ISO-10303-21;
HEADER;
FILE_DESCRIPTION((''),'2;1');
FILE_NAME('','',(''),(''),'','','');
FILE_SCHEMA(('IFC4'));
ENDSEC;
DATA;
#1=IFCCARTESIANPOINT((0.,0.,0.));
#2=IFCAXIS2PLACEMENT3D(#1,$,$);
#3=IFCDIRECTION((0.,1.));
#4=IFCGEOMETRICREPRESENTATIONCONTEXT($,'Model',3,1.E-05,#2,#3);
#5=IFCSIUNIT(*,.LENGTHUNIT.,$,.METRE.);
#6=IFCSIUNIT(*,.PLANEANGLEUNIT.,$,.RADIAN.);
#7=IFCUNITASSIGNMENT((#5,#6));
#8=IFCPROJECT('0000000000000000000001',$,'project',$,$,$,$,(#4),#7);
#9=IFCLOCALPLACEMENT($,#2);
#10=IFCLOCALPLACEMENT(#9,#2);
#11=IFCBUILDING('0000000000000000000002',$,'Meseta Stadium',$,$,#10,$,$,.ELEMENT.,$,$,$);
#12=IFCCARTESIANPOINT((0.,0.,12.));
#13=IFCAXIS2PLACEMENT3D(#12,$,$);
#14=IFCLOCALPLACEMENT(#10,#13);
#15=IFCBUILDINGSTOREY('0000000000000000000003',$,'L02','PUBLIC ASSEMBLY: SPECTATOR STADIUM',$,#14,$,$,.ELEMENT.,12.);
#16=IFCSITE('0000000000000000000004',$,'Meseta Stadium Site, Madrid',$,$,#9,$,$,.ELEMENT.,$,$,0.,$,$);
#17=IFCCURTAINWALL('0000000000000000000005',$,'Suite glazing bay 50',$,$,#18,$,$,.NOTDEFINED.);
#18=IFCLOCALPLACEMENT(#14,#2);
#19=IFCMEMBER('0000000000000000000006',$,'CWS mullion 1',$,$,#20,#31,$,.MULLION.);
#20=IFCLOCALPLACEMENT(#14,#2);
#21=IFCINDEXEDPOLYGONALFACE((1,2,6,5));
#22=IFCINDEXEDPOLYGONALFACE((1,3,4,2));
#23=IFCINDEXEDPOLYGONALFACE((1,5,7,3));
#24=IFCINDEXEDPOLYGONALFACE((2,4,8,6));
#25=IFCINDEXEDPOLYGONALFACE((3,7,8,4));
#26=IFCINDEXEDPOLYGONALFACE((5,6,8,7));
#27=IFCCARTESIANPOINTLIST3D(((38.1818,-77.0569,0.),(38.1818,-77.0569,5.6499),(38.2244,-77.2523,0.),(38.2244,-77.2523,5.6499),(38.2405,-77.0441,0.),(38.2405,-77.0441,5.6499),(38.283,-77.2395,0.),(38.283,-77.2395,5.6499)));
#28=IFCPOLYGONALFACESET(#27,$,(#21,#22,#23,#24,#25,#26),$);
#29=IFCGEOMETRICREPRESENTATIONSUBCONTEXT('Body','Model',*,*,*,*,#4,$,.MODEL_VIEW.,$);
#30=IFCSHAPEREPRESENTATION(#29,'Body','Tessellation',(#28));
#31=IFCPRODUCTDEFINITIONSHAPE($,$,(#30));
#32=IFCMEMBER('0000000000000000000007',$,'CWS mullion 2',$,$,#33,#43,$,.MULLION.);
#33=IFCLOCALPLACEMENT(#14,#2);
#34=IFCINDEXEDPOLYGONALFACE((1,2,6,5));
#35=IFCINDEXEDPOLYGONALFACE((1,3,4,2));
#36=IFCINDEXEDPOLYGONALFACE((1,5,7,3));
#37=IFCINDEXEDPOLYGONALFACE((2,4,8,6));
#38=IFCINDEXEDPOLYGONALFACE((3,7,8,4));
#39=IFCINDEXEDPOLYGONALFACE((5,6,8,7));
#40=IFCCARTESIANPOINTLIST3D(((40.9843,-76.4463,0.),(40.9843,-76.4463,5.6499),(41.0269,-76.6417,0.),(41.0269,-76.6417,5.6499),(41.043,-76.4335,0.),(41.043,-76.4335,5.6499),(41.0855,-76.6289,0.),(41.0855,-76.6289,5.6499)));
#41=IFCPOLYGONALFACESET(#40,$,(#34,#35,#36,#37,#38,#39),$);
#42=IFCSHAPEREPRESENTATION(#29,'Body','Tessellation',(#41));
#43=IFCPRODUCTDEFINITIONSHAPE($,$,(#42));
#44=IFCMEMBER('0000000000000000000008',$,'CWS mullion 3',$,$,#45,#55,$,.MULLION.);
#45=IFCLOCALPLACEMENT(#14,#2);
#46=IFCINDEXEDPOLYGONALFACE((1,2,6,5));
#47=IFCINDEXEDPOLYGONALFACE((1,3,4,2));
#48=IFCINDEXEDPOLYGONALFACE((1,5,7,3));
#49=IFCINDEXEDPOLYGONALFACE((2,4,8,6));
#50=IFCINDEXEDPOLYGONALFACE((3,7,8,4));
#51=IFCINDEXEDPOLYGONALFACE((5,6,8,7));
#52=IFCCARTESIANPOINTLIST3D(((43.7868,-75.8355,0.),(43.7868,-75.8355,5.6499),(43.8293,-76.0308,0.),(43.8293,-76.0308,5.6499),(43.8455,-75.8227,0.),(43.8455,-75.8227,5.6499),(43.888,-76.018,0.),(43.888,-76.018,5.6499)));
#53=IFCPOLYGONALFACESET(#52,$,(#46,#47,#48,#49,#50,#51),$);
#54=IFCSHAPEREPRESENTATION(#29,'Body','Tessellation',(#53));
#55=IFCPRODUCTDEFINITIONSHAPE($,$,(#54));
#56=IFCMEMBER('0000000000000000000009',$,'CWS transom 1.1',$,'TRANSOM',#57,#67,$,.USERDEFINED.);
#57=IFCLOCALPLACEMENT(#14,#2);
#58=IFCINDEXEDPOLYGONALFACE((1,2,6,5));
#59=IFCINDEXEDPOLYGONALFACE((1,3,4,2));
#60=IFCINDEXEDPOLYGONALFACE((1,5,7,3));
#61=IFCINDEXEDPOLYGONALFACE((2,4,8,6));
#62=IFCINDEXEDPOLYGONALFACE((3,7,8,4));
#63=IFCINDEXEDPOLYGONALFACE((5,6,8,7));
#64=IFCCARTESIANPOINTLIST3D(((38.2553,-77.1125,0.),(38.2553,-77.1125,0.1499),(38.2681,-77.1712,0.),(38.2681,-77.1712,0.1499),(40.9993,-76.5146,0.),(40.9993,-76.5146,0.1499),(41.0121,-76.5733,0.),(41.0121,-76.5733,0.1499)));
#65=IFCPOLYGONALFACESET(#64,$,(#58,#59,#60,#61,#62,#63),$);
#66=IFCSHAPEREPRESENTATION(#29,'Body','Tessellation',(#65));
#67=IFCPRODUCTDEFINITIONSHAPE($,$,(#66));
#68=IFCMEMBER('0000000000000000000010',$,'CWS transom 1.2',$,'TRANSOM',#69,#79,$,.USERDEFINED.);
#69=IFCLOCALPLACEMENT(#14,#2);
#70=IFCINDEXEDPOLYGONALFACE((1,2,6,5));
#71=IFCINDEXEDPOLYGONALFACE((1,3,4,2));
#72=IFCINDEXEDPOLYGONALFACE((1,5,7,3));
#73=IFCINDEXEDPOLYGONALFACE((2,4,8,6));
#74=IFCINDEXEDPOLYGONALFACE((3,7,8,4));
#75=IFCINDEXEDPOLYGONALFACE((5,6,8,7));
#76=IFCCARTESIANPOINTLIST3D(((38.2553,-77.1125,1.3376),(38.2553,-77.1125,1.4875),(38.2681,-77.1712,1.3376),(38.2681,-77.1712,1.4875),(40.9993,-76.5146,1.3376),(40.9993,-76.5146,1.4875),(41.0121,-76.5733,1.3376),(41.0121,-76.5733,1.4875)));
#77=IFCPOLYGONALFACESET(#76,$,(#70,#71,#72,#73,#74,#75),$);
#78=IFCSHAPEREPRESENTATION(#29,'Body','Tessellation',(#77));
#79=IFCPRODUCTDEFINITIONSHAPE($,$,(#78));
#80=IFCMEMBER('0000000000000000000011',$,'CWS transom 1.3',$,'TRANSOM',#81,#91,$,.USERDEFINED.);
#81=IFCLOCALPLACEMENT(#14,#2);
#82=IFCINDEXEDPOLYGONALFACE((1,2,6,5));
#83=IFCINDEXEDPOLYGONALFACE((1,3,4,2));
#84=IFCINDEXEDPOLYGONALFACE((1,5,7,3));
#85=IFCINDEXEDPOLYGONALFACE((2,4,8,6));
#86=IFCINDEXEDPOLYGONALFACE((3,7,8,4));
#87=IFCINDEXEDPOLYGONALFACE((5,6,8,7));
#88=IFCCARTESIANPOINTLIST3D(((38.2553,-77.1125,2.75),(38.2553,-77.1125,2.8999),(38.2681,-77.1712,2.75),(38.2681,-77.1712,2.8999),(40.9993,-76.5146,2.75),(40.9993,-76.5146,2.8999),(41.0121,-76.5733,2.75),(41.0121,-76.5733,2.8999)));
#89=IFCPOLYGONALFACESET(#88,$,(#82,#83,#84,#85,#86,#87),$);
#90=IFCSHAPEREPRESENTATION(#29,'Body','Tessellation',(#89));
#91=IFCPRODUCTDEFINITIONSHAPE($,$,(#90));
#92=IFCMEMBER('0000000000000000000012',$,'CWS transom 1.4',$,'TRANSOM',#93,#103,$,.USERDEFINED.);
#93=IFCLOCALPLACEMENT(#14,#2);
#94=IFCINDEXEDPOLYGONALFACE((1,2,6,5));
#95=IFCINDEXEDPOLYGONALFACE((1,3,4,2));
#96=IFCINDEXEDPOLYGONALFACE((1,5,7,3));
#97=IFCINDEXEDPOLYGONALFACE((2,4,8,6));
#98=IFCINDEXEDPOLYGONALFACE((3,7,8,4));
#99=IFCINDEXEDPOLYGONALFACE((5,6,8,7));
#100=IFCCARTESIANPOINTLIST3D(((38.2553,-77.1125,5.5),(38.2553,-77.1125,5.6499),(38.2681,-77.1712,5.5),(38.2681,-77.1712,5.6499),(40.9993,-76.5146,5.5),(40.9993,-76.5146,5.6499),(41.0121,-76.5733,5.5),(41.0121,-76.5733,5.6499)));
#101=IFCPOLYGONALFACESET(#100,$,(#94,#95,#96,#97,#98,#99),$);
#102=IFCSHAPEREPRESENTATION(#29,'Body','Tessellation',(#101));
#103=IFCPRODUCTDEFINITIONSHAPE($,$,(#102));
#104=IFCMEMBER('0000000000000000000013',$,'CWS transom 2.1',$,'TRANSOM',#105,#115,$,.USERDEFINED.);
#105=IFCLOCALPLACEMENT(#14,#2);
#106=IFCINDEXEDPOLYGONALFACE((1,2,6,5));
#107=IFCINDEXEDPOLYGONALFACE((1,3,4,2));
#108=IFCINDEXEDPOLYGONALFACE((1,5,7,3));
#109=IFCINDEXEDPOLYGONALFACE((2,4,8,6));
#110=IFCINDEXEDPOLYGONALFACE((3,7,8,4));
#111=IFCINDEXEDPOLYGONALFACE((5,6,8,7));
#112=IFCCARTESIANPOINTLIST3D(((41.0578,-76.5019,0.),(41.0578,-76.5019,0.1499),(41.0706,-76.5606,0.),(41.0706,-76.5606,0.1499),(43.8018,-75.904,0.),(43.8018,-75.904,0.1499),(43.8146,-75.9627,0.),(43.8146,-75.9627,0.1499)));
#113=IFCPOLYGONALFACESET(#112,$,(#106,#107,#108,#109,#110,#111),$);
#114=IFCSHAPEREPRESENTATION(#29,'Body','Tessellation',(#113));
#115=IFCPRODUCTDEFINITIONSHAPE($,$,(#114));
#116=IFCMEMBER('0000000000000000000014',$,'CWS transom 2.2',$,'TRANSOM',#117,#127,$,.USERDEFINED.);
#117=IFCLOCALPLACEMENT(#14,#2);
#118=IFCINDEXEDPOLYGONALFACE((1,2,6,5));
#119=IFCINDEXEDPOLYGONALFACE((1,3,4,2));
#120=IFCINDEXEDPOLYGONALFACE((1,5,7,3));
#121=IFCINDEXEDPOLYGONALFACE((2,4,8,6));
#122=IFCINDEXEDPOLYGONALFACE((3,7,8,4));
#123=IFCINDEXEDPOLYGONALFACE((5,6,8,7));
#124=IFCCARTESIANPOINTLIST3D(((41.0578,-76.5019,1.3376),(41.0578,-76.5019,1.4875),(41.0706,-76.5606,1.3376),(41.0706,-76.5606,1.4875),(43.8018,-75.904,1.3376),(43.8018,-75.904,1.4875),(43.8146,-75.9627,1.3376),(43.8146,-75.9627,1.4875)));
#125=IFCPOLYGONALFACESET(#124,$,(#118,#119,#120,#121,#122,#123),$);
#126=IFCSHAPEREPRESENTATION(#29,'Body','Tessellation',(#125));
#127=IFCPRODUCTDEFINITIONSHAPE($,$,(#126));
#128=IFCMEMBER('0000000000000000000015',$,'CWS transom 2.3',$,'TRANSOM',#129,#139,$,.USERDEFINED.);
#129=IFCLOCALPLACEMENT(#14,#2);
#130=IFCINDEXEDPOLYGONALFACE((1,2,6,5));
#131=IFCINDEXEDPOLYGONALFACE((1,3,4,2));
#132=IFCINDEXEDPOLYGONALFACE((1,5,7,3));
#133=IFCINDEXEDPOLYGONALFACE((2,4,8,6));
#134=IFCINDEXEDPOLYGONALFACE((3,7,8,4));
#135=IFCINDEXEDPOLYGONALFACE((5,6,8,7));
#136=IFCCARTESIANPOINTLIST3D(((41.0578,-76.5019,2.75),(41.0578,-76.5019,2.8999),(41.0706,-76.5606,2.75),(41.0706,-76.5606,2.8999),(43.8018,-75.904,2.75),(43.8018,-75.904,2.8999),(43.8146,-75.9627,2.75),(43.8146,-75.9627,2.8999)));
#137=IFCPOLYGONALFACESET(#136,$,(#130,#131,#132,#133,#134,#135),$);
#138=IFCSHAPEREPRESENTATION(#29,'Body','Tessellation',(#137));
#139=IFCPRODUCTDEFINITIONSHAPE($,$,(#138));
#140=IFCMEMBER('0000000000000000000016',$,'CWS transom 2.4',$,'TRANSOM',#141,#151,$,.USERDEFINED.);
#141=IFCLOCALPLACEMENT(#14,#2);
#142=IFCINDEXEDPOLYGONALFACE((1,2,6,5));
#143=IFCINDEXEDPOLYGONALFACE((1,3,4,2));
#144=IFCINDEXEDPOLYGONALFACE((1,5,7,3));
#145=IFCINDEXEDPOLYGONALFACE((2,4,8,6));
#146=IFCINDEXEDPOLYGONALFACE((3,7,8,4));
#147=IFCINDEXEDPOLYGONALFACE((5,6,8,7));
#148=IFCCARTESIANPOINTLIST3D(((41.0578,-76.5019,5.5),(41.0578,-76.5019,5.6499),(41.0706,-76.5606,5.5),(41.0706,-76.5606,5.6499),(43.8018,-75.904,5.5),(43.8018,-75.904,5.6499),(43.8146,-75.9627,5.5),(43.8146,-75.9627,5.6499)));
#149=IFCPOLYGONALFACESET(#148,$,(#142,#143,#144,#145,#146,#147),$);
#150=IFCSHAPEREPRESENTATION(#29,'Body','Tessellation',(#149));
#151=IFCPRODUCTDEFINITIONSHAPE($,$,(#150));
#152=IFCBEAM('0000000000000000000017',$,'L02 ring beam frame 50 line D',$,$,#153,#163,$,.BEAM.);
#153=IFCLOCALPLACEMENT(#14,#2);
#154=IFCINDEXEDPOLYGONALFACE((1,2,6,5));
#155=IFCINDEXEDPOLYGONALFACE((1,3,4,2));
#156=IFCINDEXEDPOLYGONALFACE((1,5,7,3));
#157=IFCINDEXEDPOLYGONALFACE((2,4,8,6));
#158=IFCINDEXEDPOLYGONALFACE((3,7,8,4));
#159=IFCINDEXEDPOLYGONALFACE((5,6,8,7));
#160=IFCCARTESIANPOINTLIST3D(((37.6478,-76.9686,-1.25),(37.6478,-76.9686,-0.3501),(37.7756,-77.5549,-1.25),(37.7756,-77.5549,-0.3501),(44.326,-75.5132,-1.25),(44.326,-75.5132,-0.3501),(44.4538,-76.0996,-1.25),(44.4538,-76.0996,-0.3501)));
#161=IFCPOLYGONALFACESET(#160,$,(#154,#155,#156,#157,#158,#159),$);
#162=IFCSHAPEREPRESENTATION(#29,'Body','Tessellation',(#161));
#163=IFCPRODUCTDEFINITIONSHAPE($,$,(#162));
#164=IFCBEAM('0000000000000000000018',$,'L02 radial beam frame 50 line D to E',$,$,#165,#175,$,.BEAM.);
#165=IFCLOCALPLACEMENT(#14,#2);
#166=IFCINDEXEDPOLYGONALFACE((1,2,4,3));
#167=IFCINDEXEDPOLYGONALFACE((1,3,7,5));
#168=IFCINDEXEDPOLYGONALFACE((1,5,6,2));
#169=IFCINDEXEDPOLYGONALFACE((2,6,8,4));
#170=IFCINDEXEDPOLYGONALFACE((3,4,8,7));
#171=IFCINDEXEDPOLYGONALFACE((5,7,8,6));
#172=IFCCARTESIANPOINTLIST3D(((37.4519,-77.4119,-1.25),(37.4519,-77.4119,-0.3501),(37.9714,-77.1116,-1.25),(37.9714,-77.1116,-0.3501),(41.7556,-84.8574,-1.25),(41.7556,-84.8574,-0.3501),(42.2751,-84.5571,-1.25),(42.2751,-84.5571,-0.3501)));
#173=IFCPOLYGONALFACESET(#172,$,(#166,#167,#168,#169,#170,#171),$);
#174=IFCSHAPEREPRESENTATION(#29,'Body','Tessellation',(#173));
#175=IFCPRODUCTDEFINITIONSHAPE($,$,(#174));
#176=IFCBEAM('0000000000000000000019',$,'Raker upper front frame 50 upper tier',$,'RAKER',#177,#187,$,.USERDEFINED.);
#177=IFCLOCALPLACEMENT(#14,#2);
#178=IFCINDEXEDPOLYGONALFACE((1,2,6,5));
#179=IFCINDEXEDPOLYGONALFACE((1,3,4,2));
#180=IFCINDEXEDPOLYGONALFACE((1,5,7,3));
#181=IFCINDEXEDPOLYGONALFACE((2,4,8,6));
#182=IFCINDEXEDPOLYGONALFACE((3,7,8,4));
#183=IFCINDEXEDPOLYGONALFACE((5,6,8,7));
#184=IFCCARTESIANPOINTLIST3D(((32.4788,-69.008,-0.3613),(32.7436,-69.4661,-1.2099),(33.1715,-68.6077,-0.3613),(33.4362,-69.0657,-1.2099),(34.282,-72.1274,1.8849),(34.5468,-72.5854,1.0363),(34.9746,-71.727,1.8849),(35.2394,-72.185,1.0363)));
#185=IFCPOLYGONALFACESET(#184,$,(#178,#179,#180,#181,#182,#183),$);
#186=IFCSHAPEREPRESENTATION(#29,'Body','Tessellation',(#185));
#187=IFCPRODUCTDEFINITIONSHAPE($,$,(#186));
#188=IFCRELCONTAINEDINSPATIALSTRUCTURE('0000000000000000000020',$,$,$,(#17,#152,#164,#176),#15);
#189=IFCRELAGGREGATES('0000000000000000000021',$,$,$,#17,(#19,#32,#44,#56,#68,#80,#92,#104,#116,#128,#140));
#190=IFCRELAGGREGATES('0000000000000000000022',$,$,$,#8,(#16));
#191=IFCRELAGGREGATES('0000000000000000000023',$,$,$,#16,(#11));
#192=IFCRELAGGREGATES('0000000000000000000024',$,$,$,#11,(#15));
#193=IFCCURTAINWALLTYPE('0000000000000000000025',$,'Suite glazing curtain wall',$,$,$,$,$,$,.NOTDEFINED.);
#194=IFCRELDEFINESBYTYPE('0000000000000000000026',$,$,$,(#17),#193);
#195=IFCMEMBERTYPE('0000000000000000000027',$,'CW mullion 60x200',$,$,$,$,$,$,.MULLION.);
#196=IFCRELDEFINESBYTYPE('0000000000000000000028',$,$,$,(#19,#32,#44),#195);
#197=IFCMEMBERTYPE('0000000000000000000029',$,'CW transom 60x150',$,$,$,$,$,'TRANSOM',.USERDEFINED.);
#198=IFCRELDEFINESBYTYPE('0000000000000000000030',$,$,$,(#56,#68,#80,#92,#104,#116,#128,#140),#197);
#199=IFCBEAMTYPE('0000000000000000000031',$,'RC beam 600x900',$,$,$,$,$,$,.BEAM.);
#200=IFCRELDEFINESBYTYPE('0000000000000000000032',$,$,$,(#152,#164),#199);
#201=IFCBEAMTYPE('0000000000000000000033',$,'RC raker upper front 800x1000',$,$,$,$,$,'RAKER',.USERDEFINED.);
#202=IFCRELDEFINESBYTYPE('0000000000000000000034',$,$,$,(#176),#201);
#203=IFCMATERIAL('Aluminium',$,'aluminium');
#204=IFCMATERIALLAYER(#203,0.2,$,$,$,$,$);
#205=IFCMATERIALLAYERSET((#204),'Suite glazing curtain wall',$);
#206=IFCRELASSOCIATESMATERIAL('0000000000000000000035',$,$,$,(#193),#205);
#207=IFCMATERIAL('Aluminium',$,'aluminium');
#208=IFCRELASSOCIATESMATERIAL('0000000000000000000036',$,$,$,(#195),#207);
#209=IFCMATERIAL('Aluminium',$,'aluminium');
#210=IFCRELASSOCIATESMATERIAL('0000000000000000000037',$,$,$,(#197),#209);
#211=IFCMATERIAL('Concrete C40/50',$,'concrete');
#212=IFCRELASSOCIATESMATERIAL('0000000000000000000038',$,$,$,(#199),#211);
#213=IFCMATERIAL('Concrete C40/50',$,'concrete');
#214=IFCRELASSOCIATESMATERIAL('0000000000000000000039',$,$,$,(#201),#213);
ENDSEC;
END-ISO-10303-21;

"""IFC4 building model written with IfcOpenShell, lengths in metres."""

from ifc_helpers import new_model, si_unit, direction, frame, origin, origin_2d, place, context, subcontext, project, spatial, rectangle, extrude, material, layer, layer_set, material_profile, profile_set, type_object, element, aggregate, save


model = new_model("IFC4")

# Units and contexts
model_context = context("Model", 3, precision=1e-05, world=origin(), true_north=direction((0.0, 1.0)))
body_context = subcontext(model_context, "Body", "Model", "MODEL_VIEW")
ifc_project = project(units=[si_unit("LENGTHUNIT", "METRE"), si_unit("PLANEANGLEUNIT", "RADIAN")], contexts=[model_context])

# Site, building, storey
site_placement = place(None, origin())
site = spatial("IfcSite", under=ifc_project, at=site_placement, Name="Meseta Stadium Site, Madrid", CompositionType="ELEMENT", RefElevation=0.0)
building_placement = place(site_placement, origin())
building = spatial("IfcBuilding", under=site, at=building_placement, Name="Meseta Stadium", CompositionType="ELEMENT")
storey_placement = place(building_placement, frame((0.0, 0.0, 12.0)))
storey = spatial("IfcBuildingStorey", under=building, at=storey_placement, Name="L02", Description="PUBLIC ASSEMBLY: SPECTATOR STADIUM", CompositionType="ELEMENT", Elevation=12.0)

# Shared definitions
ifc_material_1 = material(Name="Aluminium", Category="aluminium")
ifc_layer_1 = layer(ifc_material_1, 0.2)
ifc_layer_set_1 = layer_set([ifc_layer_1], Name="Suite glazing curtain wall")
curtain_wall_type = type_object("IfcCurtainWallType", Name="Suite glazing curtain wall", PredefinedType="NOTDEFINED", material=ifc_layer_set_1)
ifc_material_2 = material(Name="Aluminium", Category="aluminium")
ifc_material_profile_1 = material_profile(ifc_material_2, rectangle(XDim=0.2, YDim=0.0601, at=origin_2d()), Name="CW 200x60")
ifc_profile_set_1 = profile_set([ifc_material_profile_1], Name="Aluminium")
member_type_1 = type_object("IfcMemberType", Name="CW mullion 60x200", PredefinedType="MULLION", material=ifc_profile_set_1)

# Curtain wall, members
curtain_wall_1_placement = place(storey_placement, origin())
curtain_wall_1 = element("IfcCurtainWall", 1, at=curtain_wall_1_placement, inside=storey, type_object=curtain_wall_type, Name="Suite glazing bay 50", PredefinedType="NOTDEFINED")
member_1_placement = place(storey_placement, frame((38.2324, -77.1482, 0.0), z_axis=(0.0, 0.0, 1.0), x_axis=(-0.212917, 0.97707, 0.0)))
member_1 = element("IfcMember", 2, at=member_1_placement, type_object=member_type_1, Name="CWS mullion 1", PredefinedType="MULLION", context=body_context, shape_type="SweptSolid", body=[
    extrude(rectangle(XDim=0.2, YDim=0.0601, at=origin_2d()), origin(), (0.0, 0.0, 1.0), 5.6499),
])
member_2_placement = place(storey_placement, frame((41.0349, -76.5376, 0.0), z_axis=(0.0, 0.0, 1.0), x_axis=(-0.212917, 0.97707, 0.0)))
member_2 = element("IfcMember", 3, at=member_2_placement, type_object=member_type_1, Name="CWS mullion 2", PredefinedType="MULLION", context=body_context, shape_type="SweptSolid", body=[
    extrude(rectangle(XDim=0.2, YDim=0.0601, at=origin_2d()), origin(), (0.0, 0.0, 1.0), 5.6499),
])
member_3_placement = place(storey_placement, frame((43.8374, -75.9268, 0.0), z_axis=(0.0, 0.0, 1.0), x_axis=(-0.212917, 0.97707, 0.0)))
member_3 = element("IfcMember", 4, at=member_3_placement, type_object=member_type_1, Name="CWS mullion 3", PredefinedType="MULLION", context=body_context, shape_type="SweptSolid", body=[
    extrude(rectangle(XDim=0.2, YDim=0.0601, at=origin_2d()), origin(), (0.0, 0.0, 1.0), 5.6499),
])
ifc_material_3 = material(Name="Aluminium", Category="aluminium")
ifc_material_profile_2 = material_profile(ifc_material_3, rectangle(XDim=0.0601, YDim=0.1499, at=origin_2d()), Name="CW 60x150")
ifc_profile_set_2 = profile_set([ifc_material_profile_2], Name="Aluminium")
member_type_2 = type_object("IfcMemberType", Name="CW transom 60x150", ElementType="TRANSOM", PredefinedType="USERDEFINED", material=ifc_profile_set_2)
member_4_placement = place(storey_placement, frame((38.2617, -77.1418, 0.075), z_axis=(0.977073, 0.212906, 0.0), x_axis=(-0.212906, 0.977073, 0.0)))
member_4 = element("IfcMember", 5, at=member_4_placement, type_object=member_type_2, Name="CWS transom 1.1", ObjectType="TRANSOM", PredefinedType="USERDEFINED", context=body_context, shape_type="SweptSolid", body=[
    extrude(rectangle(XDim=0.0601, YDim=0.1499, at=origin_2d()), origin(), (0.0, 0.0, 1.0), 2.8083),
])
member_5_placement = place(storey_placement, frame((38.2617, -77.1418, 1.4126), z_axis=(0.977073, 0.212906, 0.0), x_axis=(-0.212906, 0.977073, 0.0)))
member_5 = element("IfcMember", 6, at=member_5_placement, type_object=member_type_2, Name="CWS transom 1.2", ObjectType="TRANSOM", PredefinedType="USERDEFINED", context=body_context, shape_type="SweptSolid", body=[
    extrude(rectangle(XDim=0.0601, YDim=0.1499, at=origin_2d()), origin(), (0.0, 0.0, 1.0), 2.8083),
])
member_6_placement = place(storey_placement, frame((38.2617, -77.1418, 2.825), z_axis=(0.977073, 0.212906, 0.0), x_axis=(-0.212906, 0.977073, 0.0)))
member_6 = element("IfcMember", 7, at=member_6_placement, type_object=member_type_2, Name="CWS transom 1.3", ObjectType="TRANSOM", PredefinedType="USERDEFINED", context=body_context, shape_type="SweptSolid", body=[
    extrude(rectangle(XDim=0.0601, YDim=0.1499, at=origin_2d()), origin(), (0.0, 0.0, 1.0), 2.8083),
])
member_7_placement = place(storey_placement, frame((38.2617, -77.1418, 5.575), z_axis=(0.977073, 0.212906, 0.0), x_axis=(-0.212906, 0.977073, 0.0)))
member_7 = element("IfcMember", 8, at=member_7_placement, type_object=member_type_2, Name="CWS transom 1.4", ObjectType="TRANSOM", PredefinedType="USERDEFINED", context=body_context, shape_type="SweptSolid", body=[
    extrude(rectangle(XDim=0.0601, YDim=0.1499, at=origin_2d()), origin(), (0.0, 0.0, 1.0), 2.8083),
])
member_8_placement = place(storey_placement, frame((41.0642, -76.5312, 0.075), z_axis=(0.977073, 0.212906, 0.0), x_axis=(-0.212906, 0.977073, 0.0)))
member_8 = element("IfcMember", 9, at=member_8_placement, type_object=member_type_2, Name="CWS transom 2.1", ObjectType="TRANSOM", PredefinedType="USERDEFINED", context=body_context, shape_type="SweptSolid", body=[
    extrude(rectangle(XDim=0.0601, YDim=0.1499, at=origin_2d()), origin(), (0.0, 0.0, 1.0), 2.8083),
])
member_9_placement = place(storey_placement, frame((41.0642, -76.5312, 1.4126), z_axis=(0.977073, 0.212906, 0.0), x_axis=(-0.212906, 0.977073, 0.0)))
member_9 = element("IfcMember", 10, at=member_9_placement, type_object=member_type_2, Name="CWS transom 2.2", ObjectType="TRANSOM", PredefinedType="USERDEFINED", context=body_context, shape_type="SweptSolid", body=[
    extrude(rectangle(XDim=0.0601, YDim=0.1499, at=origin_2d()), origin(), (0.0, 0.0, 1.0), 2.8083),
])
member_10_placement = place(storey_placement, frame((41.0642, -76.5312, 2.825), z_axis=(0.977073, 0.212906, 0.0), x_axis=(-0.212906, 0.977073, 0.0)))
member_10 = element("IfcMember", 11, at=member_10_placement, type_object=member_type_2, Name="CWS transom 2.3", ObjectType="TRANSOM", PredefinedType="USERDEFINED", context=body_context, shape_type="SweptSolid", body=[
    extrude(rectangle(XDim=0.0601, YDim=0.1499, at=origin_2d()), origin(), (0.0, 0.0, 1.0), 2.8083),
])
member_11_placement = place(storey_placement, frame((41.0642, -76.5312, 5.575), z_axis=(0.977073, 0.212906, 0.0), x_axis=(-0.212906, 0.977073, 0.0)))
member_11 = element("IfcMember", 12, at=member_11_placement, type_object=member_type_2, Name="CWS transom 2.4", ObjectType="TRANSOM", PredefinedType="USERDEFINED", context=body_context, shape_type="SweptSolid", body=[
    extrude(rectangle(XDim=0.0601, YDim=0.1499, at=origin_2d()), origin(), (0.0, 0.0, 1.0), 2.8083),
])

# Beams
ifc_material_4 = material(Name="Concrete C40/50", Category="concrete")
ifc_material_profile_3 = material_profile(ifc_material_4, rectangle(XDim=0.6001, YDim=0.8999, at=origin_2d()), Name="RC 600x900")
ifc_profile_set_3 = profile_set([ifc_material_profile_3], Name="Concrete C40/50")
beam_type_1 = type_object("IfcBeamType", Name="RC beam 600x900", PredefinedType="BEAM", material=ifc_profile_set_3)
beam_1_placement = place(storey_placement, frame((37.7117, -77.2617, -0.8), z_axis=(0.977069, 0.212923, 0.0), x_axis=(-0.212923, 0.977069, 0.0)))
element("IfcBeam", 13, at=beam_1_placement, inside=storey, type_object=beam_type_1, Name="L02 ring beam frame 50 line D", PredefinedType="BEAM", context=body_context, shape_type="SweptSolid", body=[
    extrude(rectangle(XDim=0.6001, YDim=0.8999, at=origin_2d()), origin(), (0.0, 0.0, 1.0), 6.835),
])
beam_2_placement = place(storey_placement, frame((37.7117, -77.2617, -0.8), z_axis=(0.500437, -0.865773, 0.0), x_axis=(0.865773, 0.500437, 0.0)))
element("IfcBeam", 14, at=beam_2_placement, inside=storey, type_object=beam_type_1, Name="L02 radial beam frame 50 line D to E", PredefinedType="BEAM", context=body_context, shape_type="SweptSolid", body=[
    extrude(rectangle(XDim=0.6001, YDim=0.8999, at=origin_2d()), origin(), (0.0, 0.0, 1.0), 8.5999),
])
ifc_material_5 = material(Name="Concrete C40/50", Category="concrete")
ifc_material_profile_4 = material_profile(ifc_material_5, rectangle(XDim=0.8, YDim=1.0, at=origin_2d()), Name="RC 800x1000")
ifc_profile_set_4 = profile_set([ifc_material_profile_4], Name="Concrete C40/50")
beam_type_2 = type_object("IfcBeamType", Name="RC raker upper front 800x1000", ElementType="RAKER", PredefinedType="USERDEFINED", material=ifc_profile_set_4)
beam_3_placement = place(storey_placement, frame((32.9575, -69.0369, -0.7856), z_axis=(0.424691, -0.734671, 0.529053), x_axis=(0.865755, 0.500467, 0.0)))
element("IfcBeam", 15, at=beam_3_placement, inside=storey, type_object=beam_type_2, Name="Raker upper front frame 50 upper tier", ObjectType="RAKER", PredefinedType="USERDEFINED", context=body_context, shape_type="SweptSolid", body=[
    extrude(rectangle(XDim=0.8, YDim=1.0, at=origin_2d()), origin(), (0.0, 0.0, 1.0), 4.2458),
])

aggregate(curtain_wall_1, [member_1, member_2, member_3, member_4, member_5, member_6, member_7, member_8, member_9, member_10, member_11])

save(model, "model.ifc")
